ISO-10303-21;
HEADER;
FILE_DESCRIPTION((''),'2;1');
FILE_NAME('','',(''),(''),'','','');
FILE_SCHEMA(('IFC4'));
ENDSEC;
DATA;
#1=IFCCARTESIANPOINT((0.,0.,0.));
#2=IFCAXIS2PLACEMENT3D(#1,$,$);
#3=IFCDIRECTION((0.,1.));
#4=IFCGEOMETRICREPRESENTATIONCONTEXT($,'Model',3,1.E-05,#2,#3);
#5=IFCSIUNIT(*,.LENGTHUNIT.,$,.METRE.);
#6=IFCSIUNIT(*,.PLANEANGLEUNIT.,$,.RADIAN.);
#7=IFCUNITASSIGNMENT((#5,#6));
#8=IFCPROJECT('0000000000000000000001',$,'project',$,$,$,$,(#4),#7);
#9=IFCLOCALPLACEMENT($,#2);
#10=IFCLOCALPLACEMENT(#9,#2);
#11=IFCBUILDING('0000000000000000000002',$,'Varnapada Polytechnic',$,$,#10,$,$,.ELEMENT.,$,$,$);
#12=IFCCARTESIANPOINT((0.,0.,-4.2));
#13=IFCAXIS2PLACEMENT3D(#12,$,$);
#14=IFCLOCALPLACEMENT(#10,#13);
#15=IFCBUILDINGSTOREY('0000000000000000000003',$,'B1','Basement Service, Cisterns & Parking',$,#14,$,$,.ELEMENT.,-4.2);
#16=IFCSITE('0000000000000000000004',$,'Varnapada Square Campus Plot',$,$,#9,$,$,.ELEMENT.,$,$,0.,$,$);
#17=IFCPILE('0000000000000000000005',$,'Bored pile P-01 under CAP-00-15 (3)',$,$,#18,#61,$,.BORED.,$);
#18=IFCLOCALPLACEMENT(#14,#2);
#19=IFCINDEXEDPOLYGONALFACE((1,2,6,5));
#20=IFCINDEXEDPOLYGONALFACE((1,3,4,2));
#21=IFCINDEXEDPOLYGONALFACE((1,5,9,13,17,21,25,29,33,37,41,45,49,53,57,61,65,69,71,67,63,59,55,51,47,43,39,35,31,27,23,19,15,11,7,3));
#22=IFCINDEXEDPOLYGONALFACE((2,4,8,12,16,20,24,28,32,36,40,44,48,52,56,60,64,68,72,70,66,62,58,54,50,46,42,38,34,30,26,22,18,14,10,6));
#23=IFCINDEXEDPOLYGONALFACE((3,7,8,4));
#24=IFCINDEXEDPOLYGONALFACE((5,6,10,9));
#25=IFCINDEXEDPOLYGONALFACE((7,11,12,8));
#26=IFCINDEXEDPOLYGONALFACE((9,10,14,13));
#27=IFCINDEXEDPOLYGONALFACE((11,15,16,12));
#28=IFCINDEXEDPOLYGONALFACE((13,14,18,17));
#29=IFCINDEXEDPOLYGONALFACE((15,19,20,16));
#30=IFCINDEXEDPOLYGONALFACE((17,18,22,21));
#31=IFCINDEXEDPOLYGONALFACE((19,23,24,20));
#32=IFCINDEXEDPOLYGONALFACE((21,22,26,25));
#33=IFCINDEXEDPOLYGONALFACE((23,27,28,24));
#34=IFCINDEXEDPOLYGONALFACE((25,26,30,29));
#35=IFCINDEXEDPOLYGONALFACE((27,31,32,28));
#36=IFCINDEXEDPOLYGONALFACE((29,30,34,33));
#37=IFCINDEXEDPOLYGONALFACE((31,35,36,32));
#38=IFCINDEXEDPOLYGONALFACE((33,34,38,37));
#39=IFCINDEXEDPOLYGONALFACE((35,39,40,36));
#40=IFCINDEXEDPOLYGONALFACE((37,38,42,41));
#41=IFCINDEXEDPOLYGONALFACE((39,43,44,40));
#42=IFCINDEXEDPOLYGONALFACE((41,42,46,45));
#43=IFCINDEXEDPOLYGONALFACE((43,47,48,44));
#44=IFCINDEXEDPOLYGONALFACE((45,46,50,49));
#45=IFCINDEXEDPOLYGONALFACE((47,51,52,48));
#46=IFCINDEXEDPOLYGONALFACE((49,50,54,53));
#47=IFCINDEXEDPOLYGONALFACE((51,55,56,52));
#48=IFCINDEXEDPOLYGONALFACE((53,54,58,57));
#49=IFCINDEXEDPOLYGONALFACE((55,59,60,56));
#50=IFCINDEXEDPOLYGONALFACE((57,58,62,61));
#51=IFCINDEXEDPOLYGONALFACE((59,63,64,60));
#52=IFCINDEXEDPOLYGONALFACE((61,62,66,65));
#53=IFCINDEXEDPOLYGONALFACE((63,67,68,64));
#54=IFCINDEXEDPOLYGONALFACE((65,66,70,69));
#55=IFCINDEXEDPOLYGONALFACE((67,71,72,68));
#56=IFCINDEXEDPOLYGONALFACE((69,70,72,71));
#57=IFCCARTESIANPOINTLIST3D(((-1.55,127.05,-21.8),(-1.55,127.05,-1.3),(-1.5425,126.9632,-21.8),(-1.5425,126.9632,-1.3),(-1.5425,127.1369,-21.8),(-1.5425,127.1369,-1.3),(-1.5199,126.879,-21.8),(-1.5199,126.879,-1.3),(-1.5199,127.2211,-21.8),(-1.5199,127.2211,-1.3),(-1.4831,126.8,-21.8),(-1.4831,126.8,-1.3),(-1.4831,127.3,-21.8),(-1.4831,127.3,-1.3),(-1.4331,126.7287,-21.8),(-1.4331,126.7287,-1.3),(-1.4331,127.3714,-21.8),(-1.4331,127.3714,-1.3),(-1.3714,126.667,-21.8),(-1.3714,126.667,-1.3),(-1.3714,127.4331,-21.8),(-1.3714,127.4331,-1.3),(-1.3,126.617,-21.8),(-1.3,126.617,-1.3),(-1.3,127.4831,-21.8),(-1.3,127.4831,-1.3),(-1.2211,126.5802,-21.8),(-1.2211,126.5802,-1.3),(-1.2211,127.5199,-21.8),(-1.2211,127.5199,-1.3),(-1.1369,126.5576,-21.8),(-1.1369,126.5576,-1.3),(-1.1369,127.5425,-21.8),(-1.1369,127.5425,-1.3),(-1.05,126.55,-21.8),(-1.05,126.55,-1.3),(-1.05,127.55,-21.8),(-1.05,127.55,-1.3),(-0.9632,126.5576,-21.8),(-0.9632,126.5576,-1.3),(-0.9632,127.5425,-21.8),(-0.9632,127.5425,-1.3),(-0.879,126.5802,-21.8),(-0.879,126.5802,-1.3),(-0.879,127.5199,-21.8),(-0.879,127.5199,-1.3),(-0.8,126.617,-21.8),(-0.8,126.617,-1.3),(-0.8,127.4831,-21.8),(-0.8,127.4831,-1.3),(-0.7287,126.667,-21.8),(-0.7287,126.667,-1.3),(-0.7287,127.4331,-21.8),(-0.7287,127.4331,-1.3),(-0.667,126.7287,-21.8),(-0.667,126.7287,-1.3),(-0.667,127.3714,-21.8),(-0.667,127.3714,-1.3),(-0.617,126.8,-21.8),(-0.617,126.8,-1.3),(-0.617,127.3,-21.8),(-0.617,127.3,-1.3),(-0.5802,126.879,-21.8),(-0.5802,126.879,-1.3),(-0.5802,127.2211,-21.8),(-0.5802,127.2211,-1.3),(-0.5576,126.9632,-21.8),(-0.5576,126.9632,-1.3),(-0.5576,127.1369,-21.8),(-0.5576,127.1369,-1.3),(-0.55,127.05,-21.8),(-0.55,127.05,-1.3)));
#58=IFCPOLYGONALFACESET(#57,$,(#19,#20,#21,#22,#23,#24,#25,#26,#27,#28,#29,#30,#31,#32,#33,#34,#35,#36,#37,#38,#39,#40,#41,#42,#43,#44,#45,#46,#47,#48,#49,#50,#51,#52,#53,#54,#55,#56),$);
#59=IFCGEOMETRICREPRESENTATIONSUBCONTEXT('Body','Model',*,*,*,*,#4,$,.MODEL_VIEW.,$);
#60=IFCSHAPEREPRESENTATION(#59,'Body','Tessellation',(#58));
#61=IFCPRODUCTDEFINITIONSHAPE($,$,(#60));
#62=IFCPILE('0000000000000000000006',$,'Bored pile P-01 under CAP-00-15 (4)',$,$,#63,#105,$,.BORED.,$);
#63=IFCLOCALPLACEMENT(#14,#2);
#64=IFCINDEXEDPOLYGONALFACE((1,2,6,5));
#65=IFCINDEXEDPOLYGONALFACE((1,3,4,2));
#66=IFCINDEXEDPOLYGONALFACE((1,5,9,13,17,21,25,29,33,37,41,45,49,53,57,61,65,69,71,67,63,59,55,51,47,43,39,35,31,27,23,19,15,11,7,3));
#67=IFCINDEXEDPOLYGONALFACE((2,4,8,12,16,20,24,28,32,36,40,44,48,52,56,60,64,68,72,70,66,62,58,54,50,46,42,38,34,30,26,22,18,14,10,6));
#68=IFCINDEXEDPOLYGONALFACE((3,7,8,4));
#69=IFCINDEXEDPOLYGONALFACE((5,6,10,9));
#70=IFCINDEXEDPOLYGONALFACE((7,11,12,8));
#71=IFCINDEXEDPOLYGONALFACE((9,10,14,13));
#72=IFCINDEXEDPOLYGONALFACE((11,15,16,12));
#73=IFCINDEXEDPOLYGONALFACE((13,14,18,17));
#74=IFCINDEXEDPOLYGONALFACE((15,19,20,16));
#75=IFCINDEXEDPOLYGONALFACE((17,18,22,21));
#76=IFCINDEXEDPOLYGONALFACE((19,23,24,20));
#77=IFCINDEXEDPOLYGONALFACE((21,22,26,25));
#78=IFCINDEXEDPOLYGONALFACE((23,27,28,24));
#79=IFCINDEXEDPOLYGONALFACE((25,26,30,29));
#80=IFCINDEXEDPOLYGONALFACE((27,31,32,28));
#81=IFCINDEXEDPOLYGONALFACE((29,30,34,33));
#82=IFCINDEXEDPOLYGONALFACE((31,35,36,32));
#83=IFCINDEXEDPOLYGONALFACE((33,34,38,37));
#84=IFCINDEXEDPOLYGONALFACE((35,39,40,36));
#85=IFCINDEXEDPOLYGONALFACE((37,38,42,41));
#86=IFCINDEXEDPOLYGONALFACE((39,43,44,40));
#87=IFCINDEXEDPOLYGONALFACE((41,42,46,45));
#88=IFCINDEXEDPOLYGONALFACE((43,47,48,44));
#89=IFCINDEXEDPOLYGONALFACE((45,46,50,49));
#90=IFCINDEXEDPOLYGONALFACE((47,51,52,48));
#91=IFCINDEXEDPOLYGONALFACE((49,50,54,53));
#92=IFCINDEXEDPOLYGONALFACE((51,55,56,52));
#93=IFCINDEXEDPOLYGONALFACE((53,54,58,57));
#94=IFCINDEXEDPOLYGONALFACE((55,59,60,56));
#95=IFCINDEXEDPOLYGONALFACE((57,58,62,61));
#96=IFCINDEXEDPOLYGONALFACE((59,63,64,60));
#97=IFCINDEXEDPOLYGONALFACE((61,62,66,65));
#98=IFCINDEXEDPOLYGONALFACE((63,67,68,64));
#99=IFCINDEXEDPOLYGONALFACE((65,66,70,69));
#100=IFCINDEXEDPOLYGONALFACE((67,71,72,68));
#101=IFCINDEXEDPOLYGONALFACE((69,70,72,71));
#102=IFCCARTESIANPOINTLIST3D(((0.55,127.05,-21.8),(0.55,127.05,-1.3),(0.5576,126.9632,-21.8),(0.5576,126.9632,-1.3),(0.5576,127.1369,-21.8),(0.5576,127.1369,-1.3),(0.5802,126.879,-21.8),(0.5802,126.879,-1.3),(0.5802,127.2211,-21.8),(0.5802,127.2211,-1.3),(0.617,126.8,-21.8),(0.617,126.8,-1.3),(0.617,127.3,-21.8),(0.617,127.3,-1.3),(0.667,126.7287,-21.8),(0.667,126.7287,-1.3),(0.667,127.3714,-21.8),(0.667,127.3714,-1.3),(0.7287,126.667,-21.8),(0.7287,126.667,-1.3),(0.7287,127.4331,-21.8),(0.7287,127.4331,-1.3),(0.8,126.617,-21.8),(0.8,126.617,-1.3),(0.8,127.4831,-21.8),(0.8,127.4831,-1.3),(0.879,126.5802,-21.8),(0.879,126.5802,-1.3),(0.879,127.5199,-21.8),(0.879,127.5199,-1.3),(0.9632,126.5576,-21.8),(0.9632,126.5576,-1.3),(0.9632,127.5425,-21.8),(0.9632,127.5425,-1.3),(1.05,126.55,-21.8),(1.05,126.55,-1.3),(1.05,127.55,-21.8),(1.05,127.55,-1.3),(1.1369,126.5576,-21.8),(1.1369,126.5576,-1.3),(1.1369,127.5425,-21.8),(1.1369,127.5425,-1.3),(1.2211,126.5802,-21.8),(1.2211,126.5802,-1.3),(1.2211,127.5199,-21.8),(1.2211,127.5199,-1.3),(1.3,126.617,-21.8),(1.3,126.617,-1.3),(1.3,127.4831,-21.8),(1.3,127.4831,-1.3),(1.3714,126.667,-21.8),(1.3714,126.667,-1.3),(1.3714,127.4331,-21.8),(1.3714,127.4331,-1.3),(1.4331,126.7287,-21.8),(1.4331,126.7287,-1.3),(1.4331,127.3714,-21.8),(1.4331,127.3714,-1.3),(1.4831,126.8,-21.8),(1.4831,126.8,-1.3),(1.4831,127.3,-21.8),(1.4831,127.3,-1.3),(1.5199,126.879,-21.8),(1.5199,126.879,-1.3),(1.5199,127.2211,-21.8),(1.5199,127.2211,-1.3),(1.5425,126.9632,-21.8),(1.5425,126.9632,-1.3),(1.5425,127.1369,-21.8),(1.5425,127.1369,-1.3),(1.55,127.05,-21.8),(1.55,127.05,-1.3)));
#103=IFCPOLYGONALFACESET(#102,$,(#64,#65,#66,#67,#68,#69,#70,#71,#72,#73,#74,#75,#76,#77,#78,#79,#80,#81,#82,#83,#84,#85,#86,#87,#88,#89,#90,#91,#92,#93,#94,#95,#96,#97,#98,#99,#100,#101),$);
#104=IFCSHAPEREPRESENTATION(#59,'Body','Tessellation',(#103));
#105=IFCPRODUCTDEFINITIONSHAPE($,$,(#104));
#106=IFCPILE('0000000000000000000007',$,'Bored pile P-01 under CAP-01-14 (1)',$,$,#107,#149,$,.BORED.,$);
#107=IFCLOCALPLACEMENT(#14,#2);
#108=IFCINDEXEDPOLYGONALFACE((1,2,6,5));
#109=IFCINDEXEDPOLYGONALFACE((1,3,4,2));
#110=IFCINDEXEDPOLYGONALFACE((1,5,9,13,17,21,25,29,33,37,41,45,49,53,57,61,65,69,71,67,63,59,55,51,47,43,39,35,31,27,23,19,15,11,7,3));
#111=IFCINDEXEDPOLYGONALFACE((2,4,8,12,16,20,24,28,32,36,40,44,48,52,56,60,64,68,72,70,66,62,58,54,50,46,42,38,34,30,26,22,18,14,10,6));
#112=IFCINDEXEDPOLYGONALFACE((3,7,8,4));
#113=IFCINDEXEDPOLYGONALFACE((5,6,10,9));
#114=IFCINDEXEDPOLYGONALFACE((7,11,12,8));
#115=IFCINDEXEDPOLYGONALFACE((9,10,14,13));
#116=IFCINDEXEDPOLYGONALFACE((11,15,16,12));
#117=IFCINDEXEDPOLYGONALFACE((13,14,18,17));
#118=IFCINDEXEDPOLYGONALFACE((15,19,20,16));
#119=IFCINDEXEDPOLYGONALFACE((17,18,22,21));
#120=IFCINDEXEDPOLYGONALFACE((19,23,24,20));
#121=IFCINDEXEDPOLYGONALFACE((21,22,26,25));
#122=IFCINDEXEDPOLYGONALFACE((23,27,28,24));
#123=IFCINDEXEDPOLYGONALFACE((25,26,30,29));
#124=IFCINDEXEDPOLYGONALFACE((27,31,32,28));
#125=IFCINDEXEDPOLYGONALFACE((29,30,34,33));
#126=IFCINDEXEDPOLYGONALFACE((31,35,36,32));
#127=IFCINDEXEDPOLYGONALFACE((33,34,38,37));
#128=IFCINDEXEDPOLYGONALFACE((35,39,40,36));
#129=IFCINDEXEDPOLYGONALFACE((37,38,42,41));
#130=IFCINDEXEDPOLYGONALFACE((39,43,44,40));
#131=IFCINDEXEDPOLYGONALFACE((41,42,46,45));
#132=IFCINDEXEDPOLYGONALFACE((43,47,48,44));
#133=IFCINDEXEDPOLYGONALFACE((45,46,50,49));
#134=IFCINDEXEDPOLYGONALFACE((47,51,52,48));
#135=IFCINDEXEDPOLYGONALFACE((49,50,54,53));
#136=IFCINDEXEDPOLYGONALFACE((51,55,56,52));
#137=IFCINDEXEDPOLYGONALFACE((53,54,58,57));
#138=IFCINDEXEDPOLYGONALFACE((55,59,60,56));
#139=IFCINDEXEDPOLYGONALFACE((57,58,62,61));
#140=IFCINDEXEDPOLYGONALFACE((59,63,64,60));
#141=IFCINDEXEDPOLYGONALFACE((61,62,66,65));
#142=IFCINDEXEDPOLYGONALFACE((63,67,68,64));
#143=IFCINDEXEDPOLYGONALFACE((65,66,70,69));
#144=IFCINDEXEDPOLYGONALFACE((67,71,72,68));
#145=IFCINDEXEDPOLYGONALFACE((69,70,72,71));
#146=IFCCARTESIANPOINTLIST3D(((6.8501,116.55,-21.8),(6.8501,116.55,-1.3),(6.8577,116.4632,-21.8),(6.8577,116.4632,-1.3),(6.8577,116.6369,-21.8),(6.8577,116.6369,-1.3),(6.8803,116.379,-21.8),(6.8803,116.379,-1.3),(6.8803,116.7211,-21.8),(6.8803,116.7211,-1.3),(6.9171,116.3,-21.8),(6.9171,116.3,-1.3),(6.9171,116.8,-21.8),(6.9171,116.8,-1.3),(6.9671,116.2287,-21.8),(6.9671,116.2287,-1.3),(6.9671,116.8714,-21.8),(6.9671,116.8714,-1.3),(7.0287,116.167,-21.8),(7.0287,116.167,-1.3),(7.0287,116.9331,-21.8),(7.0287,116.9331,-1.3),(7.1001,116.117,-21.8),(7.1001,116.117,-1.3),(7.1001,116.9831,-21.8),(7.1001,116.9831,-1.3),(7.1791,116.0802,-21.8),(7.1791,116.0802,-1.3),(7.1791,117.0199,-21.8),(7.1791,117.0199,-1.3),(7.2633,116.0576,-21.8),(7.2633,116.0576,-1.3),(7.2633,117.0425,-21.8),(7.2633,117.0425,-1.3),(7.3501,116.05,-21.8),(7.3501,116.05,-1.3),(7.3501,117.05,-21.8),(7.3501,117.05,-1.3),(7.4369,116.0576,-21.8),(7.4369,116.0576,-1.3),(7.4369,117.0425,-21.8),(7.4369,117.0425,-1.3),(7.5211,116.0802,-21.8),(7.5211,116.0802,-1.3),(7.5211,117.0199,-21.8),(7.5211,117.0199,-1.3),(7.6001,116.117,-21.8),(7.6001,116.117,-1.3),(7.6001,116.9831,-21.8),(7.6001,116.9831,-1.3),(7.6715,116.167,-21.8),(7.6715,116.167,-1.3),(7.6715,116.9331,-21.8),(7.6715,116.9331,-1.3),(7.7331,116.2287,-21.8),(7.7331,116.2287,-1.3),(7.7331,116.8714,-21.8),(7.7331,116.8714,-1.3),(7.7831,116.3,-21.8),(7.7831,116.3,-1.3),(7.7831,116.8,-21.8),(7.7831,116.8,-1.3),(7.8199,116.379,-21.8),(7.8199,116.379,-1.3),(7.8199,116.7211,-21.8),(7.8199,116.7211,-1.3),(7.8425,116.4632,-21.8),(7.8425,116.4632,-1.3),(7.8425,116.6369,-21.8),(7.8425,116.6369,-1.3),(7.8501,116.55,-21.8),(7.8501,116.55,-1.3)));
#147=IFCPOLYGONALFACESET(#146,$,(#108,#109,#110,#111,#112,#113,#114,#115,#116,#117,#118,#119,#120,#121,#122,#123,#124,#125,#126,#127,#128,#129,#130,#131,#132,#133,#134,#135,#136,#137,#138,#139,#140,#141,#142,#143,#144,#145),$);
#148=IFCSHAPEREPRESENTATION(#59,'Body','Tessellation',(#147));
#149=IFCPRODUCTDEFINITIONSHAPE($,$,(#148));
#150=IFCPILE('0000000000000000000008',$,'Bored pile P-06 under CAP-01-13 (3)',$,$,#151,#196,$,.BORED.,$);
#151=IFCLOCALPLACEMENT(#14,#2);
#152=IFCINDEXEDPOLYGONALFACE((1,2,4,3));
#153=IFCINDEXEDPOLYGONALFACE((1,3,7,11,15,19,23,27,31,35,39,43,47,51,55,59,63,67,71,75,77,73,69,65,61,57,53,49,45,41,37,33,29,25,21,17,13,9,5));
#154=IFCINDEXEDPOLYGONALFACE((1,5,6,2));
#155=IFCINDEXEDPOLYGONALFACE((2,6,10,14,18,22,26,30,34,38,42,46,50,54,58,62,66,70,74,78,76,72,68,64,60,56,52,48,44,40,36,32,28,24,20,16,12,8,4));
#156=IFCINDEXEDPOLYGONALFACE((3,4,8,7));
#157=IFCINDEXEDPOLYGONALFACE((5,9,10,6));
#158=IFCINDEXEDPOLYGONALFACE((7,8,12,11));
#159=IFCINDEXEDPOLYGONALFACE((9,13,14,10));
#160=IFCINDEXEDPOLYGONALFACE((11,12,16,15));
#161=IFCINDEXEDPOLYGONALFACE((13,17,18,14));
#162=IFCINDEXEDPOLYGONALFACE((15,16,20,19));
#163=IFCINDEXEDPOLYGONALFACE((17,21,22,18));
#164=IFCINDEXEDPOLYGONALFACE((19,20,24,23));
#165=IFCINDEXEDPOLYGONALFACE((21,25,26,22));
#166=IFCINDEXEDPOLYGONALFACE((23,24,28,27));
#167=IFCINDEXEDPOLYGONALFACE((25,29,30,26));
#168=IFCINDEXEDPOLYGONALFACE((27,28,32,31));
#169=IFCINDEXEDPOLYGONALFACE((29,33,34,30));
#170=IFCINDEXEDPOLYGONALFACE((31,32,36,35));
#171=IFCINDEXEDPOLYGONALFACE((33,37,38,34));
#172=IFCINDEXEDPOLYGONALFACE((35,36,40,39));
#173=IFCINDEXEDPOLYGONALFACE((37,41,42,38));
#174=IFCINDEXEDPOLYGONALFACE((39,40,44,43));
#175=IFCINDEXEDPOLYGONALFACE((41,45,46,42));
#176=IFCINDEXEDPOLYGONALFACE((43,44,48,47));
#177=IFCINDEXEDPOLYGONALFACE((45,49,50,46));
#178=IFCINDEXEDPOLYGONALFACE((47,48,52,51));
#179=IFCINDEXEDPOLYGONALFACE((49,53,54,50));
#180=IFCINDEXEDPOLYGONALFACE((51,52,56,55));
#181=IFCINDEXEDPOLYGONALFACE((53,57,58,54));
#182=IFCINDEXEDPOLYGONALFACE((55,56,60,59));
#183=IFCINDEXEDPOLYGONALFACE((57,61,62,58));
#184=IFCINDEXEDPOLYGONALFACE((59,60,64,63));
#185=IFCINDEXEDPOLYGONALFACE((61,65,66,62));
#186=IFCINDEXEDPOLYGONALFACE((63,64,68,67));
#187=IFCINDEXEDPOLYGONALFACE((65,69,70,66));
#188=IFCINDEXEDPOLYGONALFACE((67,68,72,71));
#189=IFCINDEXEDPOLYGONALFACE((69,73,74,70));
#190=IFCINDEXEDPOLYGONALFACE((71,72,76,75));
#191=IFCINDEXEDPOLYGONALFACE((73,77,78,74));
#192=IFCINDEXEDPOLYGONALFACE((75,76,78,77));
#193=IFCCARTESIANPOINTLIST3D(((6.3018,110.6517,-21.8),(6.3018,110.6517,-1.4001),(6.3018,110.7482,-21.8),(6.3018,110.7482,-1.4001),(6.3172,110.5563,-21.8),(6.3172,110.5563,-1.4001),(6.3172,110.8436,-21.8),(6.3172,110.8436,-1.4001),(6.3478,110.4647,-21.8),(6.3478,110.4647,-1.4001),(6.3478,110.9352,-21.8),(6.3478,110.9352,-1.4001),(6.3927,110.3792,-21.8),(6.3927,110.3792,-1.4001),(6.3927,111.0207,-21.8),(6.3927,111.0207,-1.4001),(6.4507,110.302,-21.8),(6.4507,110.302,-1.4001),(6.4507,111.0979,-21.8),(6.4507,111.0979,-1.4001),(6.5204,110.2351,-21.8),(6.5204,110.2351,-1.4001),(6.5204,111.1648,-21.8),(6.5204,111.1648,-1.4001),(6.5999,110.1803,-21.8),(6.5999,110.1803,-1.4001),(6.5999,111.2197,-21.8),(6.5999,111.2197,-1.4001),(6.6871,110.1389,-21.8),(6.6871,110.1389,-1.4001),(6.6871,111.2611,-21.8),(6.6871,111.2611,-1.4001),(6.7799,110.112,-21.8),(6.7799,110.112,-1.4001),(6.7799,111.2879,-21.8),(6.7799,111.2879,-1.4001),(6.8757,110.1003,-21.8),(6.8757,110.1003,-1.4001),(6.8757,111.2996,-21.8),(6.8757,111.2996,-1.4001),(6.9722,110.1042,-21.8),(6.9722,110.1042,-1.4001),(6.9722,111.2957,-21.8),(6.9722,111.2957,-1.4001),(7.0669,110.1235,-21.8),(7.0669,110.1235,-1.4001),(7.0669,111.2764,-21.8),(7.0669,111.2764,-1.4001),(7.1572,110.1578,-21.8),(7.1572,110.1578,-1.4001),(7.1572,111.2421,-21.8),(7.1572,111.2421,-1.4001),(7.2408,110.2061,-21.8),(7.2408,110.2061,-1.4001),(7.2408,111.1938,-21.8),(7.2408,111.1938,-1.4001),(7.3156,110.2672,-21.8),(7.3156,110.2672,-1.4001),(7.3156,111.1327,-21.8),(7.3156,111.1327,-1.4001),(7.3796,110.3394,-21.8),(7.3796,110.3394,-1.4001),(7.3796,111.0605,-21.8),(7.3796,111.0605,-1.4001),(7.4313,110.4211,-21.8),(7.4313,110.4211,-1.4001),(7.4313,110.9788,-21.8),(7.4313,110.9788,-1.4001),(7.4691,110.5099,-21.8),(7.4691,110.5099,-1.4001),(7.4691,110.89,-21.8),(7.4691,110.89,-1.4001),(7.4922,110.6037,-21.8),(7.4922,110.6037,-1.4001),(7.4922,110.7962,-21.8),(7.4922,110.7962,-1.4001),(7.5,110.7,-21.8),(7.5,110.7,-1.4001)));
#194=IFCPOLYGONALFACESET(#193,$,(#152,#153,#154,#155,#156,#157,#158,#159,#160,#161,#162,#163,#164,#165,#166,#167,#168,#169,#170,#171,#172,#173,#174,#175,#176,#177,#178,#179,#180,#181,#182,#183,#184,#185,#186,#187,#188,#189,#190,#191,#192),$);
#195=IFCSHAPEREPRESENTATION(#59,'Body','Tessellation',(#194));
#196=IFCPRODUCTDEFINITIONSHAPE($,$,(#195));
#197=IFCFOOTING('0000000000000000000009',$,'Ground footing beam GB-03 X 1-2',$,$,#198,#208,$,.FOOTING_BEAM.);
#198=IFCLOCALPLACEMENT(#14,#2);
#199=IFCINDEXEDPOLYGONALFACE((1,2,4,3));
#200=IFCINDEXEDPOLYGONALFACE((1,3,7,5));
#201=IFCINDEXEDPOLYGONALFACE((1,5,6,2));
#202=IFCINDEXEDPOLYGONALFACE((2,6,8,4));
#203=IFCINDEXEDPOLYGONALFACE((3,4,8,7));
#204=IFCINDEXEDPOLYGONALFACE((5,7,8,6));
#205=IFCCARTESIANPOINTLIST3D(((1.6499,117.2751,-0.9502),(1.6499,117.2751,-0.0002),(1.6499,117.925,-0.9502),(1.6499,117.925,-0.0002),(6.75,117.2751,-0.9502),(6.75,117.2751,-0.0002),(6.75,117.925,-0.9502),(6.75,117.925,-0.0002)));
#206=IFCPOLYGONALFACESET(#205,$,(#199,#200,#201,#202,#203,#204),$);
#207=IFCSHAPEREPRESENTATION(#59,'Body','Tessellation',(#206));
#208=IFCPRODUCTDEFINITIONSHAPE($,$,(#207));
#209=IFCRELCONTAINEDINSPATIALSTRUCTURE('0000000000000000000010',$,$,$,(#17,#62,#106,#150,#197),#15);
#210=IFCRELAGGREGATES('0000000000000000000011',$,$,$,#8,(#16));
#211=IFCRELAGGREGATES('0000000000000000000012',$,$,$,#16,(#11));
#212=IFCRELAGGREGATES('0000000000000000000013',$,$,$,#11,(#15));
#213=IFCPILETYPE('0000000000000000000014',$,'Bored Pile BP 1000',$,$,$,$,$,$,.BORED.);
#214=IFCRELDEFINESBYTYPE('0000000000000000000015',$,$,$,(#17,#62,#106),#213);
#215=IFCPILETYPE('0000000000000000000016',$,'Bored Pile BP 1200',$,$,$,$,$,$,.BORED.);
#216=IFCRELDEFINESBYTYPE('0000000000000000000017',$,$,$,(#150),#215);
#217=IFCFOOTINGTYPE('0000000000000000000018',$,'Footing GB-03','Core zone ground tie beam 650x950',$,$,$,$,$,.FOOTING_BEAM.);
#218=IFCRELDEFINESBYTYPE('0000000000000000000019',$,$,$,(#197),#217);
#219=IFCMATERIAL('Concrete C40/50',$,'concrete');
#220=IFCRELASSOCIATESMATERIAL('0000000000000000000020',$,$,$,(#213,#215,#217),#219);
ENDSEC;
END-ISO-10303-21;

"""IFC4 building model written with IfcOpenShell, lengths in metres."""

from ifc_helpers import new_model, si_unit, direction, frame, origin, origin_2d, place, context, subcontext, project, spatial, rectangle, circle, extrude, material, material_profile, profile_set, type_object, element, save


model = new_model("IFC4")

# Units and contexts
model_context = context("Model", 3, precision=1e-05, world=origin(), true_north=direction((0.0, 1.0)))
body_context = subcontext(model_context, "Body", "Model", "MODEL_VIEW")
ifc_project = project(units=[si_unit("LENGTHUNIT", "METRE"), si_unit("PLANEANGLEUNIT", "RADIAN")], contexts=[model_context])

# Site, building, storey
site_placement = place(None, origin())
site = spatial("IfcSite", under=ifc_project, at=site_placement, Name="Varnapada Square Campus Plot", CompositionType="ELEMENT", RefElevation=0.0)
building_placement = place(site_placement, origin())
building = spatial("IfcBuilding", under=site, at=building_placement, Name="Varnapada Polytechnic", CompositionType="ELEMENT")
storey_placement = place(building_placement, frame((0.0, 0.0, -4.2)))
storey = spatial("IfcBuildingStorey", under=building, at=storey_placement, Name="B1", Description="Basement Service, Cisterns & Parking", CompositionType="ELEMENT", Elevation=-4.2)

# Piles
ifc_material_1 = material(Name="Concrete C40/50", Category="concrete")
ifc_material_profile_1 = material_profile(ifc_material_1, circle(Radius=0.5, at=origin_2d()), Name="BP 1000")
ifc_profile_set_1 = profile_set([ifc_material_profile_1], Name="Concrete C40/50")
pile_type_1 = type_object("IfcPileType", Name="Bored Pile BP 1000", PredefinedType="BORED", material=ifc_profile_set_1)
for number, where, z_axis, x_axis, name in (
    (1, (-1.05, 127.05, -1.3), (0.0, 0.0, -1.0), (1.0, 0.0, 0.0), "Bored pile P-01 under CAP-00-15 (3)"),
    (2, (1.05, 127.05, -1.3), (0.0, 0.0, -1.0), (1.0, 0.0, 0.0), "Bored pile P-01 under CAP-00-15 (4)"),
    (3, (7.3501, 116.55, -1.3), (0.0, 0.0, -1.0), (1.0, 0.0, 0.0), "Bored pile P-01 under CAP-01-14 (1)"),
):
    element("IfcPile", number, at=place(storey_placement, frame(where, z_axis=z_axis, x_axis=x_axis)), inside=storey, type_object=pile_type_1, Name=name, PredefinedType="BORED", context=body_context, shape_type="SweptSolid", body=[
        extrude(circle(Radius=0.5, at=origin_2d()), origin(), (0.0, 0.0, 1.0), 20.5),
    ])
ifc_material_profile_2 = material_profile(ifc_material_1, circle(Radius=0.6001, at=origin_2d()), Name="BP 1200")
ifc_profile_set_2 = profile_set([ifc_material_profile_2], Name="Concrete C40/50")
pile_type_2 = type_object("IfcPileType", Name="Bored Pile BP 1200", PredefinedType="BORED", material=ifc_profile_set_2)
pile_placement = place(storey_placement, frame((6.8999, 110.7, -1.4001), z_axis=(0.0, 0.0, -1.0), x_axis=(1.0, 0.0, 0.0)))
element("IfcPile", 4, at=pile_placement, inside=storey, type_object=pile_type_2, Name="Bored pile P-06 under CAP-01-13 (3)", PredefinedType="BORED", context=body_context, shape_type="SweptSolid", body=[
    extrude(circle(Radius=0.6001, at=origin_2d()), origin(), (0.0, 0.0, 1.0), 20.3999),
])

# Footing
footing_type_1 = type_object("IfcFootingType", Name="Footing GB-03", Description="Core zone ground tie beam 650x950", PredefinedType="FOOTING_BEAM", material=ifc_material_1)
footing_placement = place(storey_placement, frame((4.2, 117.6001, -0.9502), z_axis=(0.0, 0.0, 1.0), x_axis=(1.0, 0.0, 0.0)))
element("IfcFooting", 5, at=footing_placement, inside=storey, type_object=footing_type_1, Name="Ground footing beam GB-03 X 1-2", PredefinedType="FOOTING_BEAM", context=body_context, shape_type="SweptSolid", body=[
    extrude(rectangle(XDim=5.1001, YDim=0.6499, at=origin_2d()), origin(), (0.0, 0.0, 1.0), 0.95),
])

save(model, "model.ifc")
